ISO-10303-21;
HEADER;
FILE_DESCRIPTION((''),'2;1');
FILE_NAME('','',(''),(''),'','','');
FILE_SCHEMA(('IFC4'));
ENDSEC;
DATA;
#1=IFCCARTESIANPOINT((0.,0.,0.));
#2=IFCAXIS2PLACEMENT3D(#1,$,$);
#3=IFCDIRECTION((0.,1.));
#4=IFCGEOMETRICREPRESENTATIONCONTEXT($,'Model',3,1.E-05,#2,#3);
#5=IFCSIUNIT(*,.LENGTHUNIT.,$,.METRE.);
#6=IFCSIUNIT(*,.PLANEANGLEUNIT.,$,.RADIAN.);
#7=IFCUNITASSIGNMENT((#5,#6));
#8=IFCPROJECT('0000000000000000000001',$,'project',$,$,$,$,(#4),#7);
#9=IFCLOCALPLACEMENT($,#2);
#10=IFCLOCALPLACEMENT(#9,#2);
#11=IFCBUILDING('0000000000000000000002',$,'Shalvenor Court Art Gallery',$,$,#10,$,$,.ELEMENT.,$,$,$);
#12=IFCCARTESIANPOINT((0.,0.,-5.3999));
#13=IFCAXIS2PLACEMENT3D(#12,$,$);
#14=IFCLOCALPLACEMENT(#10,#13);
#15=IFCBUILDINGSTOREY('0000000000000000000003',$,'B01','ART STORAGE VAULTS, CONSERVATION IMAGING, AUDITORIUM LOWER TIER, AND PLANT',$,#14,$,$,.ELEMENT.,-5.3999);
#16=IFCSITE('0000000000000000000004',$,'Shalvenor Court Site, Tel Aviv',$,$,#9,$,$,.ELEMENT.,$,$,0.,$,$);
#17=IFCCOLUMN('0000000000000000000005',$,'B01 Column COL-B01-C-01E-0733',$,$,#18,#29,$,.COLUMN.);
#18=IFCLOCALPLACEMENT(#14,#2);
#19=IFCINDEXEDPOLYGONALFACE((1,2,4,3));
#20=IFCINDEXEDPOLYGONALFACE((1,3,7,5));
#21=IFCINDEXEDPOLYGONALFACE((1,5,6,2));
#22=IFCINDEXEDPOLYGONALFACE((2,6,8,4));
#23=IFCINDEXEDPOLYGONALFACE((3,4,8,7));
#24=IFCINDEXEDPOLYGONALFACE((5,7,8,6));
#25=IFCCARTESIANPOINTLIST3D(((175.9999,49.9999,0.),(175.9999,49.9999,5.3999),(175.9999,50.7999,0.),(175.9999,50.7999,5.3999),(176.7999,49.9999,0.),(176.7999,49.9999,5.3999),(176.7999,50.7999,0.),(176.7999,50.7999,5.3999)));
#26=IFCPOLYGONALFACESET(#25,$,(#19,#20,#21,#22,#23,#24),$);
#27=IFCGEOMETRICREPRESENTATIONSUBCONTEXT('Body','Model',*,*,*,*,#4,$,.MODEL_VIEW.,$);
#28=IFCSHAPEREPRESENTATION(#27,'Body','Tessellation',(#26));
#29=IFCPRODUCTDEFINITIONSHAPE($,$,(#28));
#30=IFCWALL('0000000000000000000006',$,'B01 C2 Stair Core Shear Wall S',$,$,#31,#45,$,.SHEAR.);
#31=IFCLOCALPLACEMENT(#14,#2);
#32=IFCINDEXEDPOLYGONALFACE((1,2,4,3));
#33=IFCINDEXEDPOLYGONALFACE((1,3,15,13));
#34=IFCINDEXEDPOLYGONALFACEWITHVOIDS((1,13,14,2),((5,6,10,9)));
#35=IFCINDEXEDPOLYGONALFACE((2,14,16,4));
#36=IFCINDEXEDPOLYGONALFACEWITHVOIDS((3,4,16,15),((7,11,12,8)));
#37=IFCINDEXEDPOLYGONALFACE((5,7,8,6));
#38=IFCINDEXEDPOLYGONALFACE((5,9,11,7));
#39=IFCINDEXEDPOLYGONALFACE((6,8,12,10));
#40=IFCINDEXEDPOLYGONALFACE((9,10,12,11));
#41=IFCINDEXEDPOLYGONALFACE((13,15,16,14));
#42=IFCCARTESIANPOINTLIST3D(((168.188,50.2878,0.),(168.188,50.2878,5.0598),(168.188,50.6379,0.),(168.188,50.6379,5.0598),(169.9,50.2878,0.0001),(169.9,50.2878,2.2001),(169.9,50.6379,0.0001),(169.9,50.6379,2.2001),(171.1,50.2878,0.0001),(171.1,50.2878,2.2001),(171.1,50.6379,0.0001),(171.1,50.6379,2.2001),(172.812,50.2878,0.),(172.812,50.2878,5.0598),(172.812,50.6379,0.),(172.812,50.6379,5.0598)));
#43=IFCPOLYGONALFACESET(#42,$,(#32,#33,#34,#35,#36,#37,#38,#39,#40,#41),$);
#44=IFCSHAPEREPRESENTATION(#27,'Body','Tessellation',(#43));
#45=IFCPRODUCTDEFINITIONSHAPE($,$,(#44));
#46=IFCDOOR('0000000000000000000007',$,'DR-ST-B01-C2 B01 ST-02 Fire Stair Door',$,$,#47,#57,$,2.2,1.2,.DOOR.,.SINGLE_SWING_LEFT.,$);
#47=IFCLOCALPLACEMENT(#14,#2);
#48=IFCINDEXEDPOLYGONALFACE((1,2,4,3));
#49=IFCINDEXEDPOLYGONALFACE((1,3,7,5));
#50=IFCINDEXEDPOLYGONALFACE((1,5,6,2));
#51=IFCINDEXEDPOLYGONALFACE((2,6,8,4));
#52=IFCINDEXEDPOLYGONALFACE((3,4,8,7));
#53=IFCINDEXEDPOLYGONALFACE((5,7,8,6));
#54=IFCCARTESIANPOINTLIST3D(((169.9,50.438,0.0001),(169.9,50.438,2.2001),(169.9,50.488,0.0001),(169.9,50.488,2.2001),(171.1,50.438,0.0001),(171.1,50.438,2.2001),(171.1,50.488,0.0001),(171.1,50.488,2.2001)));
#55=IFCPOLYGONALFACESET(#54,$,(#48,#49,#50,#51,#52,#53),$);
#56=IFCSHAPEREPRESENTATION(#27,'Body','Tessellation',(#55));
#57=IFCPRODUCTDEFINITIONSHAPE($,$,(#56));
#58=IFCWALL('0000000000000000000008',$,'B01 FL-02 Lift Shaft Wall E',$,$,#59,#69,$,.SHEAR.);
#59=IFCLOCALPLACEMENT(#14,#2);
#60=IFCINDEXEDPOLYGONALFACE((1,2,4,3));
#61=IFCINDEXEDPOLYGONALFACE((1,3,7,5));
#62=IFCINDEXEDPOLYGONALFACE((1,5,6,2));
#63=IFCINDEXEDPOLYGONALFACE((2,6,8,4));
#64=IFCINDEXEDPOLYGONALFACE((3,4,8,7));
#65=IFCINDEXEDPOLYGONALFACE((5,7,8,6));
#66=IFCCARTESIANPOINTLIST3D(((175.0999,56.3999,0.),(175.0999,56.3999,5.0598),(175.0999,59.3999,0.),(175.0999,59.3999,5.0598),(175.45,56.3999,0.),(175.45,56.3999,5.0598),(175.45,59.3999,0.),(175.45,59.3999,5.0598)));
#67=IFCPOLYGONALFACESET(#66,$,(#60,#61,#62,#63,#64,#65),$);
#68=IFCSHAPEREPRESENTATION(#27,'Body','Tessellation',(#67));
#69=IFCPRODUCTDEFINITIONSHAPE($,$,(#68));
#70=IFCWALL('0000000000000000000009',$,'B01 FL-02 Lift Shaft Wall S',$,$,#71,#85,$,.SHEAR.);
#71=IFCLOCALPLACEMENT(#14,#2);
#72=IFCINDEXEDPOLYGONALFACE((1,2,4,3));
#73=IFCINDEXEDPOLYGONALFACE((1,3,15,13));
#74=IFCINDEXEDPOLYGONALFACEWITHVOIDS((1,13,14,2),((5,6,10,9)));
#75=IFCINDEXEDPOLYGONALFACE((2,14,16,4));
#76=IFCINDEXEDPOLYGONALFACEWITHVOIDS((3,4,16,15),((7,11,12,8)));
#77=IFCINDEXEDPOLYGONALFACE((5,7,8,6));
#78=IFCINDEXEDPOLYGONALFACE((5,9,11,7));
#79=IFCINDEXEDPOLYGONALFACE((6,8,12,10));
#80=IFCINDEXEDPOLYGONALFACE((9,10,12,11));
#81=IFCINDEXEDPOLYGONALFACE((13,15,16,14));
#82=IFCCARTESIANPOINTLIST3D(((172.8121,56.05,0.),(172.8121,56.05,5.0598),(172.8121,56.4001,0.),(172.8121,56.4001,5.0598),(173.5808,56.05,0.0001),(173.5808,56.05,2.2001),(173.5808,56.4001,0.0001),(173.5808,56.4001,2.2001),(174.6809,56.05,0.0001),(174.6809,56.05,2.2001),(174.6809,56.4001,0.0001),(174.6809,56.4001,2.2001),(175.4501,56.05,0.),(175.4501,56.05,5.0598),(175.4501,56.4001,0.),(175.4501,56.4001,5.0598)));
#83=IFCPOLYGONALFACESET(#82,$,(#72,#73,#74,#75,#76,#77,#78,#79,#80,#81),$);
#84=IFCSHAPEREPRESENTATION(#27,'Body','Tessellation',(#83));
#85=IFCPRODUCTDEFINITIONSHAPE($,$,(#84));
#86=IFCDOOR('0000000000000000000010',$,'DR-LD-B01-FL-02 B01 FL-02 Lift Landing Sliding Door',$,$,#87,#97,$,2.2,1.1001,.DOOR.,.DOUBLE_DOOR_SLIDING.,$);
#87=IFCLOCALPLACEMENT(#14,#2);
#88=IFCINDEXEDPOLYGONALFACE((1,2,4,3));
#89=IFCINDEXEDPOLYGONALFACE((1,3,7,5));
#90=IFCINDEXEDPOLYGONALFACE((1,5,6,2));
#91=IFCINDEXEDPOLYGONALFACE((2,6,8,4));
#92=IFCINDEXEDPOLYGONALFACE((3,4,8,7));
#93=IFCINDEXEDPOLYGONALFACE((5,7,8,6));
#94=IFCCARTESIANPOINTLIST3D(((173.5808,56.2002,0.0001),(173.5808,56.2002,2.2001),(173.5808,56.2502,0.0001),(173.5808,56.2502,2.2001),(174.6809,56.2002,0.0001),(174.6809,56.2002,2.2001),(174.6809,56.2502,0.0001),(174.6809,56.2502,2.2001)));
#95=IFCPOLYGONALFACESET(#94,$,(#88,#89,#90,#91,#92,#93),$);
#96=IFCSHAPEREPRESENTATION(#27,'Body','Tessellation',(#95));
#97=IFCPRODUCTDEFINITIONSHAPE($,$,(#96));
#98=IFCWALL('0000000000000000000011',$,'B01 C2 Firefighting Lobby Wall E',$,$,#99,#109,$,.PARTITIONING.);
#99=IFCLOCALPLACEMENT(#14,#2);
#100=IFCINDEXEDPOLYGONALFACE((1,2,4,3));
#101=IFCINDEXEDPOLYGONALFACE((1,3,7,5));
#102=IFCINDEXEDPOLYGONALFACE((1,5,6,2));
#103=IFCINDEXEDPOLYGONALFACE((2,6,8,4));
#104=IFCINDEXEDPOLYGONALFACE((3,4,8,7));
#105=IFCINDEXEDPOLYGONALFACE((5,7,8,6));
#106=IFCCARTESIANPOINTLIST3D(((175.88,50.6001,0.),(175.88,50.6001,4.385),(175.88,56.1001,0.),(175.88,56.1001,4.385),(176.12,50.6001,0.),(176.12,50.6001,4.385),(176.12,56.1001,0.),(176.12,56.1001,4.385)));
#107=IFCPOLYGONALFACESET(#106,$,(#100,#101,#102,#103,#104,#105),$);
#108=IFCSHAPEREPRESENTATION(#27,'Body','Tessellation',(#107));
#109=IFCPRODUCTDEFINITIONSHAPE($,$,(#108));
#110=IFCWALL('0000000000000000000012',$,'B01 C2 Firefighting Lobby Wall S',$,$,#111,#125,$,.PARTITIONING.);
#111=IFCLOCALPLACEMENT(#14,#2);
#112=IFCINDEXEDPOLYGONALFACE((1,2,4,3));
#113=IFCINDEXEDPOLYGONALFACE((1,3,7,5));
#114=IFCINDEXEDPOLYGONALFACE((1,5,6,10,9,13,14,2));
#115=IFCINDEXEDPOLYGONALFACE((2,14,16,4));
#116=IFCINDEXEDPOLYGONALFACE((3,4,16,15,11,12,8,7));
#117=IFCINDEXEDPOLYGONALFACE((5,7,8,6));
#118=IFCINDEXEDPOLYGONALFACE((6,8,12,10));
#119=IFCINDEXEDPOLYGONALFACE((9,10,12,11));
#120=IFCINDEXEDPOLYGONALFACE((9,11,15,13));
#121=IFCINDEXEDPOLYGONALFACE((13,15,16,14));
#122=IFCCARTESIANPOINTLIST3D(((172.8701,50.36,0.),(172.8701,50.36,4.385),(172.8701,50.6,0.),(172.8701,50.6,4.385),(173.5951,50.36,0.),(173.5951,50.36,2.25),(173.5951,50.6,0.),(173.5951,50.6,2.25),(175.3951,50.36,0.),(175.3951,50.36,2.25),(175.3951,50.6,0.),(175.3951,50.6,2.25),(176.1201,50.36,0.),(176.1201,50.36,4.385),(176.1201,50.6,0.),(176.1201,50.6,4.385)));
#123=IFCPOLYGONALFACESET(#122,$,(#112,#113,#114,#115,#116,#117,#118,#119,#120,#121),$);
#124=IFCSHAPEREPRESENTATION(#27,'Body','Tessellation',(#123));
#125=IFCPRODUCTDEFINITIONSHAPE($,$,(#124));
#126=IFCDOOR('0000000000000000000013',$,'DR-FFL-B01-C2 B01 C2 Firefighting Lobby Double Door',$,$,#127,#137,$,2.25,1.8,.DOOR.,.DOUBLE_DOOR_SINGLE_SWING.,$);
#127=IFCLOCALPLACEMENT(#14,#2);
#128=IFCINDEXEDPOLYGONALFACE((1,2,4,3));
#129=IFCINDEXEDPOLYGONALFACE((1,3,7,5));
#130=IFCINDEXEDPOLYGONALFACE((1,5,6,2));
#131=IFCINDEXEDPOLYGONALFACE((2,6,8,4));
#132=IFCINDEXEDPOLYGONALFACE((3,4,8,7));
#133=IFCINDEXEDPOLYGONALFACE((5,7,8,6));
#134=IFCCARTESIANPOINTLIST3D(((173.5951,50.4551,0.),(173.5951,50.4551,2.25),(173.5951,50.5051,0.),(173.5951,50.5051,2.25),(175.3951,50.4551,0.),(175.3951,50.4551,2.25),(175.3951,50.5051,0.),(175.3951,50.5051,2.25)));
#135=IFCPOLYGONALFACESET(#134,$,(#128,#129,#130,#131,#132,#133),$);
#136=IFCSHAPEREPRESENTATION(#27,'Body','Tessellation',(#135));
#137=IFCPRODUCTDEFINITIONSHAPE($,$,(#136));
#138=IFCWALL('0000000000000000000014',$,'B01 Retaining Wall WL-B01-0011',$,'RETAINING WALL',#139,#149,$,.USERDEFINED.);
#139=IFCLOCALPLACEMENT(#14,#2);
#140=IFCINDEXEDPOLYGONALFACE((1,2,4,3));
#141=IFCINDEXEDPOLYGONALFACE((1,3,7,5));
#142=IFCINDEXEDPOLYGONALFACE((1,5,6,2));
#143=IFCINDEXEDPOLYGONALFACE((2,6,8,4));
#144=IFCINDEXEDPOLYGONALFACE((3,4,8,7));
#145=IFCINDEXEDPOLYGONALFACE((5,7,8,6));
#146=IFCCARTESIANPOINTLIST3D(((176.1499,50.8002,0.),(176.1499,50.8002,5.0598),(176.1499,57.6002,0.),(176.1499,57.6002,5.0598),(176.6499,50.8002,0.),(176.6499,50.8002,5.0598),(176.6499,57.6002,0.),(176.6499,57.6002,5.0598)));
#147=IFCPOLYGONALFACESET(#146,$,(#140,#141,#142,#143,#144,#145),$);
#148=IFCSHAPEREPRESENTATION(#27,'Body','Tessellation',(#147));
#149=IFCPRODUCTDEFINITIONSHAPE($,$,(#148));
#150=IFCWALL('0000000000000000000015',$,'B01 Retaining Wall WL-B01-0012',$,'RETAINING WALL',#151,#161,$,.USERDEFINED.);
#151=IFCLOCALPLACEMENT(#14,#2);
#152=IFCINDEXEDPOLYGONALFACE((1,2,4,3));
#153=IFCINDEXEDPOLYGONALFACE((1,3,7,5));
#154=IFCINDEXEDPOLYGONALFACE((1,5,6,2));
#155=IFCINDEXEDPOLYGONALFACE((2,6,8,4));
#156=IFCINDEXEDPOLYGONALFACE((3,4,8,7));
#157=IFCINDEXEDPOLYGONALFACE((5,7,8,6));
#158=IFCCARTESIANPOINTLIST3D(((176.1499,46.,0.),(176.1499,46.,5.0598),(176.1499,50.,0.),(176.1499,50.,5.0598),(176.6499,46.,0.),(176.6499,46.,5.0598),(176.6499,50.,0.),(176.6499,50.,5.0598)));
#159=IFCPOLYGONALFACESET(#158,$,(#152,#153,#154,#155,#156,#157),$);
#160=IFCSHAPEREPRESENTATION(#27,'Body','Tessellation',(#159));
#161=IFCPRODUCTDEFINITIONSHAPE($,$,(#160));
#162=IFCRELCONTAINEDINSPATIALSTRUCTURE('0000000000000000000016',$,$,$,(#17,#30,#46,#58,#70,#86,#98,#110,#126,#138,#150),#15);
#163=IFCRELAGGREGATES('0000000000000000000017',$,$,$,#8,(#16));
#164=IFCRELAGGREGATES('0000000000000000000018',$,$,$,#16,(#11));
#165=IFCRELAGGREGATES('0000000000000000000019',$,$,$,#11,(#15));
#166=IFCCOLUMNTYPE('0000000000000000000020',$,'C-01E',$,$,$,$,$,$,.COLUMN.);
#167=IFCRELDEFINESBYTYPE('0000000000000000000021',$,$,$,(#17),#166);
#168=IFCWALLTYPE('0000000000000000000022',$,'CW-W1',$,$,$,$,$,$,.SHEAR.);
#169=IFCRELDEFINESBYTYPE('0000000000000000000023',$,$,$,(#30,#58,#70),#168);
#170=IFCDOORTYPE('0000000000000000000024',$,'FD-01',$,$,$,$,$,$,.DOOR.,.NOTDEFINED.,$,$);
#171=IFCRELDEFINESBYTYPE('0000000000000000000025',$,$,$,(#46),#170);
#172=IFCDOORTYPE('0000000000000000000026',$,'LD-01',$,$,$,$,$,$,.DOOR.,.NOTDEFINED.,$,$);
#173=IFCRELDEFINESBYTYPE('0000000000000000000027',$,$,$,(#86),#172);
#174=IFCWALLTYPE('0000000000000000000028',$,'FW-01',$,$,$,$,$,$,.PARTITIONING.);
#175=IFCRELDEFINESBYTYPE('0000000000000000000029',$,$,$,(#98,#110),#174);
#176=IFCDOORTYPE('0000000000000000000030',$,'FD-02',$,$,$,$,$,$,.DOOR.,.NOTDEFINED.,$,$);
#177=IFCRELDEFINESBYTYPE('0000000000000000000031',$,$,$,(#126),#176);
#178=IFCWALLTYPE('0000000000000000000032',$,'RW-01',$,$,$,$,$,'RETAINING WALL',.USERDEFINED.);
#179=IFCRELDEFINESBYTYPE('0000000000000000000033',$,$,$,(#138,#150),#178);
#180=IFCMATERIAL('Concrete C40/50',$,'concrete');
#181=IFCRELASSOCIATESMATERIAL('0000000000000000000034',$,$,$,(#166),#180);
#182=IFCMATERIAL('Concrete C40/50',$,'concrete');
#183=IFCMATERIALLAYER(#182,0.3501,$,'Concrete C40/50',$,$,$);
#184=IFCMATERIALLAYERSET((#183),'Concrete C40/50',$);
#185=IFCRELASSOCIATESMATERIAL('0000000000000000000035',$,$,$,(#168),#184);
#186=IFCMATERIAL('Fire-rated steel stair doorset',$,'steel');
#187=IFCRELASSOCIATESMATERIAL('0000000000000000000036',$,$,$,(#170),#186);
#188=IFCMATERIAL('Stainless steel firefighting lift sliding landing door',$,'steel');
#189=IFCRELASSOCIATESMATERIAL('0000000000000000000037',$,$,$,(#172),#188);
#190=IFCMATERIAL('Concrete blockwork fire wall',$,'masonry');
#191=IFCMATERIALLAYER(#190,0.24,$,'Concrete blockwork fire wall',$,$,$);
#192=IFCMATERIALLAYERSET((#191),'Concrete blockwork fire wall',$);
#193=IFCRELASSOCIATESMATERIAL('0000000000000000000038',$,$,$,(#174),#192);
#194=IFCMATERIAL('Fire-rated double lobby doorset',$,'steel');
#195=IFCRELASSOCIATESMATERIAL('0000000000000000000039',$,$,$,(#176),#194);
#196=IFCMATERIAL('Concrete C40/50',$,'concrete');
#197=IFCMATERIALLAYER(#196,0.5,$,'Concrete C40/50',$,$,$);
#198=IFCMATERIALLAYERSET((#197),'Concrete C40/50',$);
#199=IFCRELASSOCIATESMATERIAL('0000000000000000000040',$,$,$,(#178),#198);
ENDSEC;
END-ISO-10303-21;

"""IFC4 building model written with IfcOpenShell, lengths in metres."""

from ifc_helpers import new_model, si_unit, direction, frame, frame_2d, origin, origin_2d, place, context, subcontext, project, spatial, rectangle, extrude, material, layer, layer_set, material_profile, profile_set, type_object, element, fill, save


model = new_model("IFC4")

# Units and contexts
model_context = context("Model", 3, precision=1e-05, world=origin(), true_north=direction((0.0, 1.0)))
body_context = subcontext(model_context, "Body", "Model", "MODEL_VIEW")
ifc_project = project(units=[si_unit("LENGTHUNIT", "METRE"), si_unit("PLANEANGLEUNIT", "RADIAN")], contexts=[model_context])

# Site, building, storey
site_placement = place(None, origin())
site = spatial("IfcSite", under=ifc_project, at=site_placement, Name="Shalvenor Court Site, Tel Aviv", CompositionType="ELEMENT", RefElevation=0.0)
building_placement = place(site_placement, origin())
building = spatial("IfcBuilding", under=site, at=building_placement, Name="Shalvenor Court Art Gallery", CompositionType="ELEMENT")
storey_placement = place(building_placement, frame((0.0, 0.0, -5.3999)))
storey = spatial("IfcBuildingStorey", under=building, at=storey_placement, Name="B01", Description="ART STORAGE VAULTS, CONSERVATION IMAGING, AUDITORIUM LOWER TIER, AND PLANT", CompositionType="ELEMENT", Elevation=-5.3999)

# Column
ifc_material_1 = material(Name="Concrete C40/50", Category="concrete")
ifc_material_profile_1 = material_profile(ifc_material_1, rectangle(XDim=0.8, YDim=0.8, at=origin_2d()), Name="RC 800x800")
ifc_profile_set_1 = profile_set([ifc_material_profile_1], Name="Concrete C40/50")
column_type = type_object("IfcColumnType", Name="C-01E", PredefinedType="COLUMN", material=ifc_profile_set_1)
column_placement = place(storey_placement, frame((176.3999, 50.3999, 0.0), z_axis=(0.0, 0.0, 1.0), x_axis=(1.0, 0.0, 0.0)))
element("IfcColumn", 1, at=column_placement, inside=storey, type_object=column_type, Name="B01 Column COL-B01-C-01E-0733", PredefinedType="COLUMN", context=body_context, shape_type="SweptSolid", body=[
    extrude(rectangle(XDim=0.8, YDim=0.8, at=origin_2d()), origin(), (0.0, 0.0, 1.0), 5.3999),
])

# Wall, opening, door
ifc_material_2 = material(Name="Concrete C40/50", Category="concrete")
ifc_layer_1 = layer(ifc_material_2, 0.3501, Name="Concrete C40/50")
ifc_layer_set_1 = layer_set([ifc_layer_1], Name="Concrete C40/50")
wall_type_1 = type_object("IfcWallType", Name="CW-W1", PredefinedType="SHEAR", material=ifc_layer_set_1)
wall_1_placement = place(storey_placement, frame((172.812, 50.4629, 0.0), z_axis=(0.0, 0.0, 1.0), x_axis=(-1.0, 0.0, 0.0)))
wall_1 = element("IfcWall", 2, at=wall_1_placement, inside=storey, type_object=wall_type_1, Name="B01 C2 Stair Core Shear Wall S", PredefinedType="SHEAR", context=body_context, shape_type="SweptSolid", body=[
    extrude(rectangle(XDim=4.624, YDim=0.3501, at=frame_2d((2.312, 0.0))), origin(), (0.0, 0.0, 1.0), 5.0598),
])
opening_1_placement = place(wall_1_placement, frame((1.7119, 0.0, 0.0)))
opening_1 = element("IfcOpeningElement", 3, at=opening_1_placement, cuts=wall_1, PredefinedType="OPENING", context=body_context, shape_type="SweptSolid", body=[
    extrude(rectangle(XDim=1.2, YDim=2.2, at=frame_2d((0.6001, 1.1001))), frame((0.0, 0.1851, 0.0), z_axis=(0.0, -1.0, 0.0), x_axis=(1.0, 0.0, 0.0)), (0.0, 0.0, 1.0), 0.3701),
])
ifc_material_3 = material(Name="Fire-rated steel stair doorset", Category="steel")
door_type_1 = type_object("IfcDoorType", Name="FD-01", OperationType="NOTDEFINED", PredefinedType="DOOR", material=ifc_material_3)
door_1_placement = place(opening_1_placement, origin())
door_1 = element("IfcDoor", 4, at=door_1_placement, inside=storey, type_object=door_type_1, Name="DR-ST-B01-C2 B01 ST-02 Fire Stair Door", OperationType="SINGLE_SWING_LEFT", OverallHeight=2.2, OverallWidth=1.2, PredefinedType="DOOR", context=body_context, shape_type="SweptSolid", body=[
    extrude(rectangle(XDim=1.2, YDim=2.2, at=frame_2d((0.6001, 1.1001))), frame((0.0, 0.0249, 0.0), z_axis=(0.0, -1.0, 0.0), x_axis=(1.0, 0.0, 0.0)), (0.0, 0.0, 1.0), 0.05),
])
fill(opening_1, door_1)

# Wall
wall_2_placement = place(storey_placement, frame((175.2749, 59.3999, 0.0), z_axis=(0.0, 0.0, 1.0), x_axis=(0.0, -1.0, 0.0)))
element("IfcWall", 5, at=wall_2_placement, inside=storey, type_object=wall_type_1, Name="B01 FL-02 Lift Shaft Wall E", PredefinedType="SHEAR", context=body_context, shape_type="SweptSolid", body=[
    extrude(rectangle(XDim=3.0, YDim=0.3501, at=frame_2d((1.5, 0.0))), origin(), (0.0, 0.0, 1.0), 5.0598),
])

# Wall, opening, door
wall_3_placement = place(storey_placement, frame((175.45, 56.2251, 0.0), z_axis=(0.0, 0.0, 1.0), x_axis=(-1.0, 0.0, 0.0)))
wall_3 = element("IfcWall", 6, at=wall_3_placement, inside=storey, type_object=wall_type_1, Name="B01 FL-02 Lift Shaft Wall S", PredefinedType="SHEAR", context=body_context, shape_type="SweptSolid", body=[
    extrude(rectangle(XDim=2.6379, YDim=0.3501, at=frame_2d((1.3188, 0.0))), origin(), (0.0, 0.0, 1.0), 5.0598),
])
opening_2_placement = place(wall_3_placement, frame((0.769, 0.0, 0.0)))
opening_2 = element("IfcOpeningElement", 7, at=opening_2_placement, cuts=wall_3, PredefinedType="OPENING", context=body_context, shape_type="SweptSolid", body=[
    extrude(rectangle(XDim=1.1001, YDim=2.2, at=frame_2d((0.55, 1.1001))), frame((0.0, 0.1851, 0.0), z_axis=(0.0, -1.0, 0.0), x_axis=(1.0, 0.0, 0.0)), (0.0, 0.0, 1.0), 0.3701),
])
ifc_material_4 = material(Name="Stainless steel firefighting lift sliding landing door", Category="steel")
door_type_2 = type_object("IfcDoorType", Name="LD-01", OperationType="NOTDEFINED", PredefinedType="DOOR", material=ifc_material_4)
door_2_placement = place(opening_2_placement, origin())
door_2 = element("IfcDoor", 8, at=door_2_placement, inside=storey, type_object=door_type_2, Name="DR-LD-B01-FL-02 B01 FL-02 Lift Landing Sliding Door", OperationType="DOUBLE_DOOR_SLIDING", OverallHeight=2.2, OverallWidth=1.1001, PredefinedType="DOOR", context=body_context, shape_type="SweptSolid", body=[
    extrude(rectangle(XDim=1.1001, YDim=2.2, at=frame_2d((0.55, 1.1001))), frame((0.0, 0.0249, 0.0), z_axis=(0.0, -1.0, 0.0), x_axis=(1.0, 0.0, 0.0)), (0.0, 0.0, 1.0), 0.05),
])
fill(opening_2, door_2)

# Wall
ifc_material_5 = material(Name="Concrete blockwork fire wall", Category="masonry")
ifc_layer_2 = layer(ifc_material_5, 0.24, Name="Concrete blockwork fire wall")
ifc_layer_set_2 = layer_set([ifc_layer_2], Name="Concrete blockwork fire wall")
wall_type_2 = type_object("IfcWallType", Name="FW-01", PredefinedType="PARTITIONING", material=ifc_layer_set_2)
wall_4_placement = place(storey_placement, frame((176.0, 56.1001, 0.0), z_axis=(0.0, 0.0, 1.0), x_axis=(0.0, -1.0, 0.0)))
element("IfcWall", 9, at=wall_4_placement, inside=storey, type_object=wall_type_2, Name="B01 C2 Firefighting Lobby Wall E", PredefinedType="PARTITIONING", context=body_context, shape_type="SweptSolid", body=[
    extrude(rectangle(XDim=5.5, YDim=0.24, at=frame_2d((2.75, 0.0))), origin(), (0.0, 0.0, 1.0), 4.385),
])

# Wall, opening, door
wall_5_placement = place(storey_placement, frame((176.1201, 50.48, 0.0), z_axis=(0.0, 0.0, 1.0), x_axis=(-1.0, 0.0, 0.0)))
wall_5 = element("IfcWall", 10, at=wall_5_placement, inside=storey, type_object=wall_type_2, Name="B01 C2 Firefighting Lobby Wall S", PredefinedType="PARTITIONING", context=body_context, shape_type="SweptSolid", body=[
    extrude(rectangle(XDim=3.25, YDim=0.24, at=frame_2d((1.625, 0.0))), origin(), (0.0, 0.0, 1.0), 4.385),
])
opening_3_placement = place(wall_5_placement, frame((0.7251, 0.0, 0.0)))
opening_3 = element("IfcOpeningElement", 11, at=opening_3_placement, cuts=wall_5, PredefinedType="OPENING", context=body_context, shape_type="SweptSolid", body=[
    extrude(rectangle(XDim=1.8, YDim=2.25, at=frame_2d((0.8999, 1.125))), frame((0.0, 0.1299, 0.0), z_axis=(0.0, -1.0, 0.0), x_axis=(1.0, 0.0, 0.0)), (0.0, 0.0, 1.0), 0.26),
])
ifc_material_6 = material(Name="Fire-rated double lobby doorset", Category="steel")
door_type_3 = type_object("IfcDoorType", Name="FD-02", OperationType="NOTDEFINED", PredefinedType="DOOR", material=ifc_material_6)
door_3_placement = place(opening_3_placement, origin())
door_3 = element("IfcDoor", 12, at=door_3_placement, inside=storey, type_object=door_type_3, Name="DR-FFL-B01-C2 B01 C2 Firefighting Lobby Double Door", OperationType="DOUBLE_DOOR_SINGLE_SWING", OverallHeight=2.25, OverallWidth=1.8, PredefinedType="DOOR", context=body_context, shape_type="SweptSolid", body=[
    extrude(rectangle(XDim=1.8, YDim=2.25, at=frame_2d((0.8999, 1.125))), frame((0.0, 0.0249, 0.0), z_axis=(0.0, -1.0, 0.0), x_axis=(1.0, 0.0, 0.0)), (0.0, 0.0, 1.0), 0.05),
])
fill(opening_3, door_3)

# Walls
ifc_material_7 = material(Name="Concrete C40/50", Category="concrete")
ifc_layer_3 = layer(ifc_material_7, 0.5, Name="Concrete C40/50")
ifc_layer_set_3 = layer_set([ifc_layer_3], Name="Concrete C40/50")
wall_type_3 = type_object("IfcWallType", Name="RW-01", ElementType="RETAINING WALL", PredefinedType="USERDEFINED", material=ifc_layer_set_3)
wall_6_placement = place(storey_placement, frame((176.3999, 57.6001, 0.0), z_axis=(0.0, 0.0, 1.0), x_axis=(0.0, -1.0, 0.0)))
element("IfcWall", 13, at=wall_6_placement, inside=storey, type_object=wall_type_3, Name="B01 Retaining Wall WL-B01-0011", ObjectType="RETAINING WALL", PredefinedType="USERDEFINED", context=body_context, shape_type="SweptSolid", body=[
    extrude(rectangle(XDim=6.8, YDim=0.5, at=frame_2d((3.3999, 0.0))), origin(), (0.0, 0.0, 1.0), 5.0598),
])
wall_7_placement = place(storey_placement, frame((176.3999, 50.0, 0.0), z_axis=(0.0, 0.0, 1.0), x_axis=(0.0, -1.0, 0.0)))
element("IfcWall", 14, at=wall_7_placement, inside=storey, type_object=wall_type_3, Name="B01 Retaining Wall WL-B01-0012", ObjectType="RETAINING WALL", PredefinedType="USERDEFINED", context=body_context, shape_type="SweptSolid", body=[
    extrude(rectangle(XDim=4.0, YDim=0.5, at=frame_2d((2.0, 0.0))), origin(), (0.0, 0.0, 1.0), 5.0598),
])

save(model, "model.ifc")
